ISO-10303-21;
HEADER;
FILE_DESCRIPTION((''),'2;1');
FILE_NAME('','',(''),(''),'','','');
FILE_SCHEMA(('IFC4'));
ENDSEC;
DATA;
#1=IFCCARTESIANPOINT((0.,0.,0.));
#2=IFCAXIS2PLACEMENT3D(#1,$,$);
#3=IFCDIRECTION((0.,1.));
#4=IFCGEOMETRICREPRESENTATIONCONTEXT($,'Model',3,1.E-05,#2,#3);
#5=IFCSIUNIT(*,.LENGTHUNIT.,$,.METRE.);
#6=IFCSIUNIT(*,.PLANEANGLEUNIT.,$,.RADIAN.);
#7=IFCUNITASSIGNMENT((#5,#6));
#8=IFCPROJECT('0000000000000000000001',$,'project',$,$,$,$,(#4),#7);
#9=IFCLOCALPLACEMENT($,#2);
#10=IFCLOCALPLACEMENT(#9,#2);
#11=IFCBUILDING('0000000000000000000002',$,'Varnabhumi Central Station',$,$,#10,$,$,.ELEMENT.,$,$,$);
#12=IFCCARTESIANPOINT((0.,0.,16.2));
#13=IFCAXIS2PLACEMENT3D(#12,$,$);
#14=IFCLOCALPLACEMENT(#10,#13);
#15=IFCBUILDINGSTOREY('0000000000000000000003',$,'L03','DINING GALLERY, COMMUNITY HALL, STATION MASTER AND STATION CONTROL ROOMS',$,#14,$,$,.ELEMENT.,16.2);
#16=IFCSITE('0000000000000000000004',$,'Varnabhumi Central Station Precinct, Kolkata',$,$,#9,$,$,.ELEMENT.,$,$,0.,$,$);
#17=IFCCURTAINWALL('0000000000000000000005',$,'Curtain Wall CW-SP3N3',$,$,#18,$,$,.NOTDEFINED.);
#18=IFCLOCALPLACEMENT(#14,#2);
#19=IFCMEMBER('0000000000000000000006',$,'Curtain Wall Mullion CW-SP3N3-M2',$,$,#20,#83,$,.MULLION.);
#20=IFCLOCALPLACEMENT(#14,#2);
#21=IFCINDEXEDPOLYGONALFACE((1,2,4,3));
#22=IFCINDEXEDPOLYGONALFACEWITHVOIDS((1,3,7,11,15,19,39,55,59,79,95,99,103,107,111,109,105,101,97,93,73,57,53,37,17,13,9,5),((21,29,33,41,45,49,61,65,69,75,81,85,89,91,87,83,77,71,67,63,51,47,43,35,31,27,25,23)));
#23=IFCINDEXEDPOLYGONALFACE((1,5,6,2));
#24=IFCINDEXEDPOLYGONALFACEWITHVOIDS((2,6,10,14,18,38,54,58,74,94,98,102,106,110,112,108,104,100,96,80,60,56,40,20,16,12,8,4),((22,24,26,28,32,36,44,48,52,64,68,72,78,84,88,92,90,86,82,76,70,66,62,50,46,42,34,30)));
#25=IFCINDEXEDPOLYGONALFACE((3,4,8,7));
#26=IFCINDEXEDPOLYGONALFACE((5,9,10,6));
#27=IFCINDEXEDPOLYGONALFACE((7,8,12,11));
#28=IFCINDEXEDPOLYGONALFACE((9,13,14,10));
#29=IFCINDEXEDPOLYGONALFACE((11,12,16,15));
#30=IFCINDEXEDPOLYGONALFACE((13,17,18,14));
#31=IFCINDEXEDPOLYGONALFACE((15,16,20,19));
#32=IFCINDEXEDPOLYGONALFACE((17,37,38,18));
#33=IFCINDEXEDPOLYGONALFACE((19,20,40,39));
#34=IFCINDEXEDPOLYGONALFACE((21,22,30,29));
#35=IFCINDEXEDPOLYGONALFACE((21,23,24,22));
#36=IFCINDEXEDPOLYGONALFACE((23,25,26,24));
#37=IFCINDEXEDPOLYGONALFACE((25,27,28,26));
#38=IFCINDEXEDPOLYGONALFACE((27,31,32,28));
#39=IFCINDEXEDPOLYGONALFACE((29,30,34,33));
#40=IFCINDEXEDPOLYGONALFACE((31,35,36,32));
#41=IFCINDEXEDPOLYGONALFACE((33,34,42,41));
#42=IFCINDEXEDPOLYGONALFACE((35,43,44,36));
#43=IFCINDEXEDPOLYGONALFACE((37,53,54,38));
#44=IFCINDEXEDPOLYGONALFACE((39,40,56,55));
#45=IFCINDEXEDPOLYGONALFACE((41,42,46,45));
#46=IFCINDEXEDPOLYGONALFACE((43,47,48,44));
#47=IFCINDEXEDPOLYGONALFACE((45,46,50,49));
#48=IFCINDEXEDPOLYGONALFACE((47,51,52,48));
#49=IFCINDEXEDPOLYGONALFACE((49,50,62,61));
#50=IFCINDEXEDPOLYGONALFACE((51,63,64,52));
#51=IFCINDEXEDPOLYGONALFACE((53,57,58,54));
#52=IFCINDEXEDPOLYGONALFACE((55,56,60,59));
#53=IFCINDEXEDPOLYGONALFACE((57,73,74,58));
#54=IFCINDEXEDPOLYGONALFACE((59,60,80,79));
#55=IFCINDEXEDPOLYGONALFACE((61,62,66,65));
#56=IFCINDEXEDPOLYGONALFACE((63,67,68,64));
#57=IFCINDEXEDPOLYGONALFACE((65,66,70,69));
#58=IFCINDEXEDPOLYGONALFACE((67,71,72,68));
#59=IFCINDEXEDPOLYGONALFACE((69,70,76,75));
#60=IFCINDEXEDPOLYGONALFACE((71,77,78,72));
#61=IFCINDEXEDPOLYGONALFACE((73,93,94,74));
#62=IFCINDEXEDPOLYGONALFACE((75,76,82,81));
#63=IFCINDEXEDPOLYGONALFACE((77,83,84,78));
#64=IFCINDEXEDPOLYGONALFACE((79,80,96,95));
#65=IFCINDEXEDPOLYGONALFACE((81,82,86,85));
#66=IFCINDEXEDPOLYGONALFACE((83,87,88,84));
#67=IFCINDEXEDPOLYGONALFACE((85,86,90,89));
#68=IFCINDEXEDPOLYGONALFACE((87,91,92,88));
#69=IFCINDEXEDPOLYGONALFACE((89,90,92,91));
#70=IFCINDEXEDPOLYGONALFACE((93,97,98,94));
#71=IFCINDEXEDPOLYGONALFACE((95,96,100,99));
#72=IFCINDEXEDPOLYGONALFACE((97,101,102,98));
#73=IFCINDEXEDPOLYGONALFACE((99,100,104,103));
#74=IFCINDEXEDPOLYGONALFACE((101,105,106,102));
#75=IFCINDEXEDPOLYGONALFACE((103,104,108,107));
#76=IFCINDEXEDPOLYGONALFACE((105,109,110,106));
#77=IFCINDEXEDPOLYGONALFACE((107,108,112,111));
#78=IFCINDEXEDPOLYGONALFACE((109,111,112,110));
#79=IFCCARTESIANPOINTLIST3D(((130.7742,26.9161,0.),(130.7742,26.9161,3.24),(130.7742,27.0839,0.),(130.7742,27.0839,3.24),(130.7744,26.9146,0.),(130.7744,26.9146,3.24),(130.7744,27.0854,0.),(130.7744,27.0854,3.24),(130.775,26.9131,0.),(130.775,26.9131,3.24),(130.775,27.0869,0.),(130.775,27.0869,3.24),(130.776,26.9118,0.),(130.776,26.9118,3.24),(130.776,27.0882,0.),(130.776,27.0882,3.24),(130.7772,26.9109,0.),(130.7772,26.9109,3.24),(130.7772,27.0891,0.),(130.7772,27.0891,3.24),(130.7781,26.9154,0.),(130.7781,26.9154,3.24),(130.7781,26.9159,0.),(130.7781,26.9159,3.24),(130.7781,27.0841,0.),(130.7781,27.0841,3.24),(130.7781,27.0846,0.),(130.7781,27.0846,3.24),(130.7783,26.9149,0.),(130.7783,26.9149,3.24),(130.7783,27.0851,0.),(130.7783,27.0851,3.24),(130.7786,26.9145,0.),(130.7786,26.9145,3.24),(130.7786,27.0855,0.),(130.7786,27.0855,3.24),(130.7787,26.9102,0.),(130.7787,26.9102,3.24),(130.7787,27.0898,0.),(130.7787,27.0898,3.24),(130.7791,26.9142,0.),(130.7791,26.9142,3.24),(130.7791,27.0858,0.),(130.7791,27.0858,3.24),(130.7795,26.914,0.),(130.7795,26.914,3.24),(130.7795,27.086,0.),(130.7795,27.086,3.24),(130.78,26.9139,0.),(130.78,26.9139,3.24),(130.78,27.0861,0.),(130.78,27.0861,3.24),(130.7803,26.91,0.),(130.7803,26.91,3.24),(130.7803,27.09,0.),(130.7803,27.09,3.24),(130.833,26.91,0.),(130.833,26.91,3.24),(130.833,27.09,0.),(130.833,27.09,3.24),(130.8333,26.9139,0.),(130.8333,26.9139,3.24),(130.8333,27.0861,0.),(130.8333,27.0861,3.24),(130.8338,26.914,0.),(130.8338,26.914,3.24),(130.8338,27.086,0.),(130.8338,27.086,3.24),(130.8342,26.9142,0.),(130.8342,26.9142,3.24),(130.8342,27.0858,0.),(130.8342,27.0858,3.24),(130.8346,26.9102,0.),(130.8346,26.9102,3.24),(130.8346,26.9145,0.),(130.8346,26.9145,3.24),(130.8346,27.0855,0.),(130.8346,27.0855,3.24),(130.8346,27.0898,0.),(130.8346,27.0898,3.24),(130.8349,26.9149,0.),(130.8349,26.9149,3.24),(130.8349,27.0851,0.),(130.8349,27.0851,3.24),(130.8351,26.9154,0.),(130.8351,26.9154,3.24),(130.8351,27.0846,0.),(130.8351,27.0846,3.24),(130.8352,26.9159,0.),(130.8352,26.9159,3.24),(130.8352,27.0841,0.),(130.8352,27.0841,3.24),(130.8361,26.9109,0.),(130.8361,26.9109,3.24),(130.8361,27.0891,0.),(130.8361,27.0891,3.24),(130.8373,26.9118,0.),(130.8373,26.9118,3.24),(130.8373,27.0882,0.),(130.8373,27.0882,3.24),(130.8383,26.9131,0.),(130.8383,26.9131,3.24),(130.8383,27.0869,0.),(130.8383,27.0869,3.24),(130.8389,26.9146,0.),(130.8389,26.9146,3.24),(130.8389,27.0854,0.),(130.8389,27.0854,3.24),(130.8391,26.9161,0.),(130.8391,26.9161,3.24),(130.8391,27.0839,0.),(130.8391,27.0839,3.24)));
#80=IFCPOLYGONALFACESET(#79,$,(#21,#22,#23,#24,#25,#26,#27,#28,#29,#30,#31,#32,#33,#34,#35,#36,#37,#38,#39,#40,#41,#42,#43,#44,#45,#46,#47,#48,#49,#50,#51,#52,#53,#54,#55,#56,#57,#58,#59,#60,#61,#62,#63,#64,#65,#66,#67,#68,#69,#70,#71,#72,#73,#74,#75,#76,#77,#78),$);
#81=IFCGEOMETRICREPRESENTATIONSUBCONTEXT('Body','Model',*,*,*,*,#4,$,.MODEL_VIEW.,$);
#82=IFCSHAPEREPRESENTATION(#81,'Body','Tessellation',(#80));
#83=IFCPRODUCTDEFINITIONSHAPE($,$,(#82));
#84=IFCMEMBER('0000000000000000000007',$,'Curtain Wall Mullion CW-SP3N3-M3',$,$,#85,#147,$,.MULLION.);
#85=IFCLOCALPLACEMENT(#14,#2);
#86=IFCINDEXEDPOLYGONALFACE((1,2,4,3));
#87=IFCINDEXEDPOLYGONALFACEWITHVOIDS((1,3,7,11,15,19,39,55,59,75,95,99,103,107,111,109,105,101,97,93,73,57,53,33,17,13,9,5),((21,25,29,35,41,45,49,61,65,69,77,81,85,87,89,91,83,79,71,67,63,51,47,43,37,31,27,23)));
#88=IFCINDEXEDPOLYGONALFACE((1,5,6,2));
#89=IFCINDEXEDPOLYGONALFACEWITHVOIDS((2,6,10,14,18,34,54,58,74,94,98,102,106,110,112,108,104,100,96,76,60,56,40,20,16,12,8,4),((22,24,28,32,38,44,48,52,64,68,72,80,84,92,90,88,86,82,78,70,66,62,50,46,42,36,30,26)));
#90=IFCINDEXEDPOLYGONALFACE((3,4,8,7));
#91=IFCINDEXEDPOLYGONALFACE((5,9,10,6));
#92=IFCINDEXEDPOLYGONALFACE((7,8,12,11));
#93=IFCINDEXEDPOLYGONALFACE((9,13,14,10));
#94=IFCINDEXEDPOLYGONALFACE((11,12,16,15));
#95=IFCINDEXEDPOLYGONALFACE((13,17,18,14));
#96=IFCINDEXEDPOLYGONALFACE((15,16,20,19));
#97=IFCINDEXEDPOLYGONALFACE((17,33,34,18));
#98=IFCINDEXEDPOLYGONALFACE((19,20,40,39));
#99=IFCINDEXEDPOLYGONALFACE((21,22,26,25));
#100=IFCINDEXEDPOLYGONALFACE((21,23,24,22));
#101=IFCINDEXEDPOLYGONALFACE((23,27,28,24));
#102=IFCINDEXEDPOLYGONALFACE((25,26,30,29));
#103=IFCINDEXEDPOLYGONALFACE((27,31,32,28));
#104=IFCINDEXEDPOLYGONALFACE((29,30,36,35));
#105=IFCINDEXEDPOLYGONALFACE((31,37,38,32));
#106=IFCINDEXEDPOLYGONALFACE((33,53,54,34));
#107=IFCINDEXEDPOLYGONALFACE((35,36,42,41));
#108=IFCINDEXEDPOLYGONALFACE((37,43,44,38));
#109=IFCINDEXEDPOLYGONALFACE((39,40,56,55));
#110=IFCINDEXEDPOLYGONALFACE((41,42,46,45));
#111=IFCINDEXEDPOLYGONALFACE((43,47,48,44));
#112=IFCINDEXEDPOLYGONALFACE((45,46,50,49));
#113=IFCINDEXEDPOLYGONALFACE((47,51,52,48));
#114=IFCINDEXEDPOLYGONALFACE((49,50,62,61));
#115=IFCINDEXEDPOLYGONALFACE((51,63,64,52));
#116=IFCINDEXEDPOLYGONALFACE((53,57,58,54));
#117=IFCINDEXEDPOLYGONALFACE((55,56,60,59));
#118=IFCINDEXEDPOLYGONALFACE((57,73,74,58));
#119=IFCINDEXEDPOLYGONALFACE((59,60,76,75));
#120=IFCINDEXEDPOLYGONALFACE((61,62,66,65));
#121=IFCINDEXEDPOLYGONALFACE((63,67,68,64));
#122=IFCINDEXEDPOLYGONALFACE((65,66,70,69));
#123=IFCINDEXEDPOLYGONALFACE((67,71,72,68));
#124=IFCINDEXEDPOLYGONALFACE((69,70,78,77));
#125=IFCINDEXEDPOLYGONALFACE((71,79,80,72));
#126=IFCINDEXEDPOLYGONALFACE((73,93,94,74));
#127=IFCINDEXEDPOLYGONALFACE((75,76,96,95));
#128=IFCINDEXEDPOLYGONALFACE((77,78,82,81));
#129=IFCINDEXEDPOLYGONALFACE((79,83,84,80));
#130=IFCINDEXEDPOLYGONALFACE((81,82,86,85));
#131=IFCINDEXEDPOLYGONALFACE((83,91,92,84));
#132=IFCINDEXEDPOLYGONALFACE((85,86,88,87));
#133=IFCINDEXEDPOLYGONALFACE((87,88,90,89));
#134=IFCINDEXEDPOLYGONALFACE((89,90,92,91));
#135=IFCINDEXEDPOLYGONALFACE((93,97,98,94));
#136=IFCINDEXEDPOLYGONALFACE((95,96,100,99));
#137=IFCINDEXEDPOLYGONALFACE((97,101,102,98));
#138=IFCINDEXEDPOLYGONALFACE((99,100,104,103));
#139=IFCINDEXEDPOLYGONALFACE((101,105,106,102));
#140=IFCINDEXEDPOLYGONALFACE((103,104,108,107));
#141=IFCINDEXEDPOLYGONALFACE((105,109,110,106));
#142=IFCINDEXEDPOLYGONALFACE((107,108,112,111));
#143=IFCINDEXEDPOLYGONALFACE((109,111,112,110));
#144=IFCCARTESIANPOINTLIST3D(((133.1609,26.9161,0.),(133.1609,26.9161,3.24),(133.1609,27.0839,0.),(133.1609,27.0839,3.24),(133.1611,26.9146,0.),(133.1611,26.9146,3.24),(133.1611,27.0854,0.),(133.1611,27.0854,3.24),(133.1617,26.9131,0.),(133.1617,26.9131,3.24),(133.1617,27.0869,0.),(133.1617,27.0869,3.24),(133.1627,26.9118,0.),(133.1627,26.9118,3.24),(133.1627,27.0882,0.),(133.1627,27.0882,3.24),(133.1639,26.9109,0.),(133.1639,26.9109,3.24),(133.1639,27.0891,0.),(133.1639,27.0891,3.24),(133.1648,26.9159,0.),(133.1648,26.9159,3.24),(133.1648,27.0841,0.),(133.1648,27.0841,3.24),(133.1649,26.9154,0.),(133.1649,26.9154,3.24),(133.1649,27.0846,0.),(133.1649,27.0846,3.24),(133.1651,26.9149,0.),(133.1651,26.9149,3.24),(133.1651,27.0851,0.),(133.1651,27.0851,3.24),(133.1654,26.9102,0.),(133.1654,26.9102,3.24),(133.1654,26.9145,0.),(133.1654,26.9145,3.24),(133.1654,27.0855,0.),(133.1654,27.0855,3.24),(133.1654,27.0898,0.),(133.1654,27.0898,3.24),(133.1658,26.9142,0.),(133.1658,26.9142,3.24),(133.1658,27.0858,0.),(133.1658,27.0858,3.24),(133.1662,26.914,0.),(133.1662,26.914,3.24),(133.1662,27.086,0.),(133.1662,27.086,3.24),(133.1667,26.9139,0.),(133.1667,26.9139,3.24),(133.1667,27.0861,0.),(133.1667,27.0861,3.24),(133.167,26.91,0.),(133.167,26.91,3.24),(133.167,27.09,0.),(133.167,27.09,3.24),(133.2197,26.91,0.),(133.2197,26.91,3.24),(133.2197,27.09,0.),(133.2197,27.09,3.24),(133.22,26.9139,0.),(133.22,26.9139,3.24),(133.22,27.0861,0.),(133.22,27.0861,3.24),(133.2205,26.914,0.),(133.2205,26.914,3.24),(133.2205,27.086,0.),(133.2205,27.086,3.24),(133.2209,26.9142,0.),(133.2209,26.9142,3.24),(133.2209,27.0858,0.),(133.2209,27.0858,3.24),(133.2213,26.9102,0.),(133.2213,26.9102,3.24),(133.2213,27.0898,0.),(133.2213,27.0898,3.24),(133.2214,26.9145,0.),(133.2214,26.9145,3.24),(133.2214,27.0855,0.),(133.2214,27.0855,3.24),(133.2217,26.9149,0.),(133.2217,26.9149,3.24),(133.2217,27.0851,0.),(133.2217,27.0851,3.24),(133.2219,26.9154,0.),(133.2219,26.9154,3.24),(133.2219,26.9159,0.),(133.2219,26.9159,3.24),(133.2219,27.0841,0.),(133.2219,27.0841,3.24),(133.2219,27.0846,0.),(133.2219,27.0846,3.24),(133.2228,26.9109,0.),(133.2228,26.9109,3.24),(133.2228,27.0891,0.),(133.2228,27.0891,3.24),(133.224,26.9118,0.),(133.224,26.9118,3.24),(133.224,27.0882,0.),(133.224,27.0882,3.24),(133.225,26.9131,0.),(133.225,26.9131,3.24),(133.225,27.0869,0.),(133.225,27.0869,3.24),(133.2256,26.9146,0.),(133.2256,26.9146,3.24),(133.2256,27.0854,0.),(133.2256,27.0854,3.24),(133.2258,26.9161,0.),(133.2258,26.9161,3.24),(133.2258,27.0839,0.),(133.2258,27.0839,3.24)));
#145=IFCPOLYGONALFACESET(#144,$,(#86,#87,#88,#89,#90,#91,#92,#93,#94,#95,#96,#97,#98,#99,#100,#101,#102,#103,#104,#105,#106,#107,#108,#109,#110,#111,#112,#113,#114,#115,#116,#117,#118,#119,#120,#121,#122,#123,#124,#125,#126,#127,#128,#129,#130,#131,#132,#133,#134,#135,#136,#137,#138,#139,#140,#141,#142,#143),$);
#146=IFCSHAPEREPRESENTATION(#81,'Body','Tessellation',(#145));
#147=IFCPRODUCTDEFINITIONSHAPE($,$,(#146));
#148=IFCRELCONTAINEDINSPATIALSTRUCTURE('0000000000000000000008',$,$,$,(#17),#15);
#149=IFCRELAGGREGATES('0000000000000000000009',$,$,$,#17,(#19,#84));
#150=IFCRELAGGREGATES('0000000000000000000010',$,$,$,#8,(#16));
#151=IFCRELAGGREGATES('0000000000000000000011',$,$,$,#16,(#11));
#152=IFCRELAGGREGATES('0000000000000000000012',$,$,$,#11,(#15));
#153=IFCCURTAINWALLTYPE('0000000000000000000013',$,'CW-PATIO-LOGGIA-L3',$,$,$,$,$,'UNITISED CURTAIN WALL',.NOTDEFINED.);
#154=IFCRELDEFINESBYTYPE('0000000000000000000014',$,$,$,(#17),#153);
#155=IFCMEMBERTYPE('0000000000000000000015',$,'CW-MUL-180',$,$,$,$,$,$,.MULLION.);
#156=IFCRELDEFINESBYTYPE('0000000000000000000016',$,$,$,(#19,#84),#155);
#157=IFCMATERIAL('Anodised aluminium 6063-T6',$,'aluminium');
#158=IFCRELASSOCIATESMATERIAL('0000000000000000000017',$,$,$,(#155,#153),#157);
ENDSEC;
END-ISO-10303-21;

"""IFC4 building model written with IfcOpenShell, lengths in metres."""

from ifc_helpers import new_model, si_unit, direction, frame, origin, origin_2d, place, context, subcontext, project, spatial, hollow_rectangle, extrude, material, material_profile, profile_set, type_object, element, aggregate, save


model = new_model("IFC4")

# Units and contexts
model_context = context("Model", 3, precision=1e-05, world=origin(), true_north=direction((0.0, 1.0)))
body_context = subcontext(model_context, "Body", "Model", "MODEL_VIEW")
ifc_project = project(units=[si_unit("LENGTHUNIT", "METRE"), si_unit("PLANEANGLEUNIT", "RADIAN")], contexts=[model_context])

# Site, building, storey
site_placement = place(None, origin())
site = spatial("IfcSite", under=ifc_project, at=site_placement, Name="Varnabhumi Central Station Precinct, Kolkata", CompositionType="ELEMENT", RefElevation=0.0)
building_placement = place(site_placement, origin())
building = spatial("IfcBuilding", under=site, at=building_placement, Name="Varnabhumi Central Station", CompositionType="ELEMENT")
storey_placement = place(building_placement, frame((0.0, 0.0, 16.2)))
storey = spatial("IfcBuildingStorey", under=building, at=storey_placement, Name="L03", Description="DINING GALLERY, COMMUNITY HALL, STATION MASTER AND STATION CONTROL ROOMS", CompositionType="ELEMENT", Elevation=16.2)

# Curtain wall, members
ifc_material_1 = material(Name="Anodised aluminium 6063-T6", Category="aluminium")
ifc_material_profile_1 = material_profile(ifc_material_1, hollow_rectangle(XDim=0.0649, YDim=0.1799, WallThickness=0.0039, InnerFilletRadius=0.002, OuterFilletRadius=0.0061, at=origin_2d()), Name="Anodised aluminium 6063-T6", Category="aluminium")
ifc_profile_set_1 = profile_set([ifc_material_profile_1], Name="Anodised aluminium 6063-T6")
member_type_1 = type_object("IfcMemberType", Name="CW-MUL-180", PredefinedType="MULLION", material=ifc_profile_set_1)
curtain_wall_type_1 = type_object("IfcCurtainWallType", Name="CW-PATIO-LOGGIA-L3", ElementType="UNITISED CURTAIN WALL", PredefinedType="NOTDEFINED", material=ifc_material_1)
curtain_wall_1_placement = place(storey_placement, origin())
curtain_wall_1 = element("IfcCurtainWall", 1, at=curtain_wall_1_placement, inside=storey, type_object=curtain_wall_type_1, Name="Curtain Wall CW-SP3N3", PredefinedType="NOTDEFINED")
member_1_placement = place(storey_placement, frame((130.8066, 27.0, 0.0), z_axis=(0.0, 0.0, 1.0), x_axis=(1.0, 0.0, 0.0)))
member_1 = element("IfcMember", 2, at=member_1_placement, type_object=member_type_1, Name="Curtain Wall Mullion CW-SP3N3-M2", PredefinedType="MULLION", context=body_context, shape_type="SweptSolid", body=[
    extrude(hollow_rectangle(XDim=0.0649, YDim=0.1799, WallThickness=0.0039, InnerFilletRadius=0.002, OuterFilletRadius=0.0061, at=origin_2d()), origin(), (0.0, 0.0, 1.0), 3.24),
])
member_2_placement = place(storey_placement, frame((133.1934, 27.0, 0.0), z_axis=(0.0, 0.0, 1.0), x_axis=(1.0, 0.0, 0.0)))
member_2 = element("IfcMember", 3, at=member_2_placement, type_object=member_type_1, Name="Curtain Wall Mullion CW-SP3N3-M3", PredefinedType="MULLION", context=body_context, shape_type="SweptSolid", body=[
    extrude(hollow_rectangle(XDim=0.0649, YDim=0.1799, WallThickness=0.0039, InnerFilletRadius=0.002, OuterFilletRadius=0.0061, at=origin_2d()), origin(), (0.0, 0.0, 1.0), 3.24),
])

aggregate(curtain_wall_1, [member_1, member_2])

save(model, "model.ifc")
